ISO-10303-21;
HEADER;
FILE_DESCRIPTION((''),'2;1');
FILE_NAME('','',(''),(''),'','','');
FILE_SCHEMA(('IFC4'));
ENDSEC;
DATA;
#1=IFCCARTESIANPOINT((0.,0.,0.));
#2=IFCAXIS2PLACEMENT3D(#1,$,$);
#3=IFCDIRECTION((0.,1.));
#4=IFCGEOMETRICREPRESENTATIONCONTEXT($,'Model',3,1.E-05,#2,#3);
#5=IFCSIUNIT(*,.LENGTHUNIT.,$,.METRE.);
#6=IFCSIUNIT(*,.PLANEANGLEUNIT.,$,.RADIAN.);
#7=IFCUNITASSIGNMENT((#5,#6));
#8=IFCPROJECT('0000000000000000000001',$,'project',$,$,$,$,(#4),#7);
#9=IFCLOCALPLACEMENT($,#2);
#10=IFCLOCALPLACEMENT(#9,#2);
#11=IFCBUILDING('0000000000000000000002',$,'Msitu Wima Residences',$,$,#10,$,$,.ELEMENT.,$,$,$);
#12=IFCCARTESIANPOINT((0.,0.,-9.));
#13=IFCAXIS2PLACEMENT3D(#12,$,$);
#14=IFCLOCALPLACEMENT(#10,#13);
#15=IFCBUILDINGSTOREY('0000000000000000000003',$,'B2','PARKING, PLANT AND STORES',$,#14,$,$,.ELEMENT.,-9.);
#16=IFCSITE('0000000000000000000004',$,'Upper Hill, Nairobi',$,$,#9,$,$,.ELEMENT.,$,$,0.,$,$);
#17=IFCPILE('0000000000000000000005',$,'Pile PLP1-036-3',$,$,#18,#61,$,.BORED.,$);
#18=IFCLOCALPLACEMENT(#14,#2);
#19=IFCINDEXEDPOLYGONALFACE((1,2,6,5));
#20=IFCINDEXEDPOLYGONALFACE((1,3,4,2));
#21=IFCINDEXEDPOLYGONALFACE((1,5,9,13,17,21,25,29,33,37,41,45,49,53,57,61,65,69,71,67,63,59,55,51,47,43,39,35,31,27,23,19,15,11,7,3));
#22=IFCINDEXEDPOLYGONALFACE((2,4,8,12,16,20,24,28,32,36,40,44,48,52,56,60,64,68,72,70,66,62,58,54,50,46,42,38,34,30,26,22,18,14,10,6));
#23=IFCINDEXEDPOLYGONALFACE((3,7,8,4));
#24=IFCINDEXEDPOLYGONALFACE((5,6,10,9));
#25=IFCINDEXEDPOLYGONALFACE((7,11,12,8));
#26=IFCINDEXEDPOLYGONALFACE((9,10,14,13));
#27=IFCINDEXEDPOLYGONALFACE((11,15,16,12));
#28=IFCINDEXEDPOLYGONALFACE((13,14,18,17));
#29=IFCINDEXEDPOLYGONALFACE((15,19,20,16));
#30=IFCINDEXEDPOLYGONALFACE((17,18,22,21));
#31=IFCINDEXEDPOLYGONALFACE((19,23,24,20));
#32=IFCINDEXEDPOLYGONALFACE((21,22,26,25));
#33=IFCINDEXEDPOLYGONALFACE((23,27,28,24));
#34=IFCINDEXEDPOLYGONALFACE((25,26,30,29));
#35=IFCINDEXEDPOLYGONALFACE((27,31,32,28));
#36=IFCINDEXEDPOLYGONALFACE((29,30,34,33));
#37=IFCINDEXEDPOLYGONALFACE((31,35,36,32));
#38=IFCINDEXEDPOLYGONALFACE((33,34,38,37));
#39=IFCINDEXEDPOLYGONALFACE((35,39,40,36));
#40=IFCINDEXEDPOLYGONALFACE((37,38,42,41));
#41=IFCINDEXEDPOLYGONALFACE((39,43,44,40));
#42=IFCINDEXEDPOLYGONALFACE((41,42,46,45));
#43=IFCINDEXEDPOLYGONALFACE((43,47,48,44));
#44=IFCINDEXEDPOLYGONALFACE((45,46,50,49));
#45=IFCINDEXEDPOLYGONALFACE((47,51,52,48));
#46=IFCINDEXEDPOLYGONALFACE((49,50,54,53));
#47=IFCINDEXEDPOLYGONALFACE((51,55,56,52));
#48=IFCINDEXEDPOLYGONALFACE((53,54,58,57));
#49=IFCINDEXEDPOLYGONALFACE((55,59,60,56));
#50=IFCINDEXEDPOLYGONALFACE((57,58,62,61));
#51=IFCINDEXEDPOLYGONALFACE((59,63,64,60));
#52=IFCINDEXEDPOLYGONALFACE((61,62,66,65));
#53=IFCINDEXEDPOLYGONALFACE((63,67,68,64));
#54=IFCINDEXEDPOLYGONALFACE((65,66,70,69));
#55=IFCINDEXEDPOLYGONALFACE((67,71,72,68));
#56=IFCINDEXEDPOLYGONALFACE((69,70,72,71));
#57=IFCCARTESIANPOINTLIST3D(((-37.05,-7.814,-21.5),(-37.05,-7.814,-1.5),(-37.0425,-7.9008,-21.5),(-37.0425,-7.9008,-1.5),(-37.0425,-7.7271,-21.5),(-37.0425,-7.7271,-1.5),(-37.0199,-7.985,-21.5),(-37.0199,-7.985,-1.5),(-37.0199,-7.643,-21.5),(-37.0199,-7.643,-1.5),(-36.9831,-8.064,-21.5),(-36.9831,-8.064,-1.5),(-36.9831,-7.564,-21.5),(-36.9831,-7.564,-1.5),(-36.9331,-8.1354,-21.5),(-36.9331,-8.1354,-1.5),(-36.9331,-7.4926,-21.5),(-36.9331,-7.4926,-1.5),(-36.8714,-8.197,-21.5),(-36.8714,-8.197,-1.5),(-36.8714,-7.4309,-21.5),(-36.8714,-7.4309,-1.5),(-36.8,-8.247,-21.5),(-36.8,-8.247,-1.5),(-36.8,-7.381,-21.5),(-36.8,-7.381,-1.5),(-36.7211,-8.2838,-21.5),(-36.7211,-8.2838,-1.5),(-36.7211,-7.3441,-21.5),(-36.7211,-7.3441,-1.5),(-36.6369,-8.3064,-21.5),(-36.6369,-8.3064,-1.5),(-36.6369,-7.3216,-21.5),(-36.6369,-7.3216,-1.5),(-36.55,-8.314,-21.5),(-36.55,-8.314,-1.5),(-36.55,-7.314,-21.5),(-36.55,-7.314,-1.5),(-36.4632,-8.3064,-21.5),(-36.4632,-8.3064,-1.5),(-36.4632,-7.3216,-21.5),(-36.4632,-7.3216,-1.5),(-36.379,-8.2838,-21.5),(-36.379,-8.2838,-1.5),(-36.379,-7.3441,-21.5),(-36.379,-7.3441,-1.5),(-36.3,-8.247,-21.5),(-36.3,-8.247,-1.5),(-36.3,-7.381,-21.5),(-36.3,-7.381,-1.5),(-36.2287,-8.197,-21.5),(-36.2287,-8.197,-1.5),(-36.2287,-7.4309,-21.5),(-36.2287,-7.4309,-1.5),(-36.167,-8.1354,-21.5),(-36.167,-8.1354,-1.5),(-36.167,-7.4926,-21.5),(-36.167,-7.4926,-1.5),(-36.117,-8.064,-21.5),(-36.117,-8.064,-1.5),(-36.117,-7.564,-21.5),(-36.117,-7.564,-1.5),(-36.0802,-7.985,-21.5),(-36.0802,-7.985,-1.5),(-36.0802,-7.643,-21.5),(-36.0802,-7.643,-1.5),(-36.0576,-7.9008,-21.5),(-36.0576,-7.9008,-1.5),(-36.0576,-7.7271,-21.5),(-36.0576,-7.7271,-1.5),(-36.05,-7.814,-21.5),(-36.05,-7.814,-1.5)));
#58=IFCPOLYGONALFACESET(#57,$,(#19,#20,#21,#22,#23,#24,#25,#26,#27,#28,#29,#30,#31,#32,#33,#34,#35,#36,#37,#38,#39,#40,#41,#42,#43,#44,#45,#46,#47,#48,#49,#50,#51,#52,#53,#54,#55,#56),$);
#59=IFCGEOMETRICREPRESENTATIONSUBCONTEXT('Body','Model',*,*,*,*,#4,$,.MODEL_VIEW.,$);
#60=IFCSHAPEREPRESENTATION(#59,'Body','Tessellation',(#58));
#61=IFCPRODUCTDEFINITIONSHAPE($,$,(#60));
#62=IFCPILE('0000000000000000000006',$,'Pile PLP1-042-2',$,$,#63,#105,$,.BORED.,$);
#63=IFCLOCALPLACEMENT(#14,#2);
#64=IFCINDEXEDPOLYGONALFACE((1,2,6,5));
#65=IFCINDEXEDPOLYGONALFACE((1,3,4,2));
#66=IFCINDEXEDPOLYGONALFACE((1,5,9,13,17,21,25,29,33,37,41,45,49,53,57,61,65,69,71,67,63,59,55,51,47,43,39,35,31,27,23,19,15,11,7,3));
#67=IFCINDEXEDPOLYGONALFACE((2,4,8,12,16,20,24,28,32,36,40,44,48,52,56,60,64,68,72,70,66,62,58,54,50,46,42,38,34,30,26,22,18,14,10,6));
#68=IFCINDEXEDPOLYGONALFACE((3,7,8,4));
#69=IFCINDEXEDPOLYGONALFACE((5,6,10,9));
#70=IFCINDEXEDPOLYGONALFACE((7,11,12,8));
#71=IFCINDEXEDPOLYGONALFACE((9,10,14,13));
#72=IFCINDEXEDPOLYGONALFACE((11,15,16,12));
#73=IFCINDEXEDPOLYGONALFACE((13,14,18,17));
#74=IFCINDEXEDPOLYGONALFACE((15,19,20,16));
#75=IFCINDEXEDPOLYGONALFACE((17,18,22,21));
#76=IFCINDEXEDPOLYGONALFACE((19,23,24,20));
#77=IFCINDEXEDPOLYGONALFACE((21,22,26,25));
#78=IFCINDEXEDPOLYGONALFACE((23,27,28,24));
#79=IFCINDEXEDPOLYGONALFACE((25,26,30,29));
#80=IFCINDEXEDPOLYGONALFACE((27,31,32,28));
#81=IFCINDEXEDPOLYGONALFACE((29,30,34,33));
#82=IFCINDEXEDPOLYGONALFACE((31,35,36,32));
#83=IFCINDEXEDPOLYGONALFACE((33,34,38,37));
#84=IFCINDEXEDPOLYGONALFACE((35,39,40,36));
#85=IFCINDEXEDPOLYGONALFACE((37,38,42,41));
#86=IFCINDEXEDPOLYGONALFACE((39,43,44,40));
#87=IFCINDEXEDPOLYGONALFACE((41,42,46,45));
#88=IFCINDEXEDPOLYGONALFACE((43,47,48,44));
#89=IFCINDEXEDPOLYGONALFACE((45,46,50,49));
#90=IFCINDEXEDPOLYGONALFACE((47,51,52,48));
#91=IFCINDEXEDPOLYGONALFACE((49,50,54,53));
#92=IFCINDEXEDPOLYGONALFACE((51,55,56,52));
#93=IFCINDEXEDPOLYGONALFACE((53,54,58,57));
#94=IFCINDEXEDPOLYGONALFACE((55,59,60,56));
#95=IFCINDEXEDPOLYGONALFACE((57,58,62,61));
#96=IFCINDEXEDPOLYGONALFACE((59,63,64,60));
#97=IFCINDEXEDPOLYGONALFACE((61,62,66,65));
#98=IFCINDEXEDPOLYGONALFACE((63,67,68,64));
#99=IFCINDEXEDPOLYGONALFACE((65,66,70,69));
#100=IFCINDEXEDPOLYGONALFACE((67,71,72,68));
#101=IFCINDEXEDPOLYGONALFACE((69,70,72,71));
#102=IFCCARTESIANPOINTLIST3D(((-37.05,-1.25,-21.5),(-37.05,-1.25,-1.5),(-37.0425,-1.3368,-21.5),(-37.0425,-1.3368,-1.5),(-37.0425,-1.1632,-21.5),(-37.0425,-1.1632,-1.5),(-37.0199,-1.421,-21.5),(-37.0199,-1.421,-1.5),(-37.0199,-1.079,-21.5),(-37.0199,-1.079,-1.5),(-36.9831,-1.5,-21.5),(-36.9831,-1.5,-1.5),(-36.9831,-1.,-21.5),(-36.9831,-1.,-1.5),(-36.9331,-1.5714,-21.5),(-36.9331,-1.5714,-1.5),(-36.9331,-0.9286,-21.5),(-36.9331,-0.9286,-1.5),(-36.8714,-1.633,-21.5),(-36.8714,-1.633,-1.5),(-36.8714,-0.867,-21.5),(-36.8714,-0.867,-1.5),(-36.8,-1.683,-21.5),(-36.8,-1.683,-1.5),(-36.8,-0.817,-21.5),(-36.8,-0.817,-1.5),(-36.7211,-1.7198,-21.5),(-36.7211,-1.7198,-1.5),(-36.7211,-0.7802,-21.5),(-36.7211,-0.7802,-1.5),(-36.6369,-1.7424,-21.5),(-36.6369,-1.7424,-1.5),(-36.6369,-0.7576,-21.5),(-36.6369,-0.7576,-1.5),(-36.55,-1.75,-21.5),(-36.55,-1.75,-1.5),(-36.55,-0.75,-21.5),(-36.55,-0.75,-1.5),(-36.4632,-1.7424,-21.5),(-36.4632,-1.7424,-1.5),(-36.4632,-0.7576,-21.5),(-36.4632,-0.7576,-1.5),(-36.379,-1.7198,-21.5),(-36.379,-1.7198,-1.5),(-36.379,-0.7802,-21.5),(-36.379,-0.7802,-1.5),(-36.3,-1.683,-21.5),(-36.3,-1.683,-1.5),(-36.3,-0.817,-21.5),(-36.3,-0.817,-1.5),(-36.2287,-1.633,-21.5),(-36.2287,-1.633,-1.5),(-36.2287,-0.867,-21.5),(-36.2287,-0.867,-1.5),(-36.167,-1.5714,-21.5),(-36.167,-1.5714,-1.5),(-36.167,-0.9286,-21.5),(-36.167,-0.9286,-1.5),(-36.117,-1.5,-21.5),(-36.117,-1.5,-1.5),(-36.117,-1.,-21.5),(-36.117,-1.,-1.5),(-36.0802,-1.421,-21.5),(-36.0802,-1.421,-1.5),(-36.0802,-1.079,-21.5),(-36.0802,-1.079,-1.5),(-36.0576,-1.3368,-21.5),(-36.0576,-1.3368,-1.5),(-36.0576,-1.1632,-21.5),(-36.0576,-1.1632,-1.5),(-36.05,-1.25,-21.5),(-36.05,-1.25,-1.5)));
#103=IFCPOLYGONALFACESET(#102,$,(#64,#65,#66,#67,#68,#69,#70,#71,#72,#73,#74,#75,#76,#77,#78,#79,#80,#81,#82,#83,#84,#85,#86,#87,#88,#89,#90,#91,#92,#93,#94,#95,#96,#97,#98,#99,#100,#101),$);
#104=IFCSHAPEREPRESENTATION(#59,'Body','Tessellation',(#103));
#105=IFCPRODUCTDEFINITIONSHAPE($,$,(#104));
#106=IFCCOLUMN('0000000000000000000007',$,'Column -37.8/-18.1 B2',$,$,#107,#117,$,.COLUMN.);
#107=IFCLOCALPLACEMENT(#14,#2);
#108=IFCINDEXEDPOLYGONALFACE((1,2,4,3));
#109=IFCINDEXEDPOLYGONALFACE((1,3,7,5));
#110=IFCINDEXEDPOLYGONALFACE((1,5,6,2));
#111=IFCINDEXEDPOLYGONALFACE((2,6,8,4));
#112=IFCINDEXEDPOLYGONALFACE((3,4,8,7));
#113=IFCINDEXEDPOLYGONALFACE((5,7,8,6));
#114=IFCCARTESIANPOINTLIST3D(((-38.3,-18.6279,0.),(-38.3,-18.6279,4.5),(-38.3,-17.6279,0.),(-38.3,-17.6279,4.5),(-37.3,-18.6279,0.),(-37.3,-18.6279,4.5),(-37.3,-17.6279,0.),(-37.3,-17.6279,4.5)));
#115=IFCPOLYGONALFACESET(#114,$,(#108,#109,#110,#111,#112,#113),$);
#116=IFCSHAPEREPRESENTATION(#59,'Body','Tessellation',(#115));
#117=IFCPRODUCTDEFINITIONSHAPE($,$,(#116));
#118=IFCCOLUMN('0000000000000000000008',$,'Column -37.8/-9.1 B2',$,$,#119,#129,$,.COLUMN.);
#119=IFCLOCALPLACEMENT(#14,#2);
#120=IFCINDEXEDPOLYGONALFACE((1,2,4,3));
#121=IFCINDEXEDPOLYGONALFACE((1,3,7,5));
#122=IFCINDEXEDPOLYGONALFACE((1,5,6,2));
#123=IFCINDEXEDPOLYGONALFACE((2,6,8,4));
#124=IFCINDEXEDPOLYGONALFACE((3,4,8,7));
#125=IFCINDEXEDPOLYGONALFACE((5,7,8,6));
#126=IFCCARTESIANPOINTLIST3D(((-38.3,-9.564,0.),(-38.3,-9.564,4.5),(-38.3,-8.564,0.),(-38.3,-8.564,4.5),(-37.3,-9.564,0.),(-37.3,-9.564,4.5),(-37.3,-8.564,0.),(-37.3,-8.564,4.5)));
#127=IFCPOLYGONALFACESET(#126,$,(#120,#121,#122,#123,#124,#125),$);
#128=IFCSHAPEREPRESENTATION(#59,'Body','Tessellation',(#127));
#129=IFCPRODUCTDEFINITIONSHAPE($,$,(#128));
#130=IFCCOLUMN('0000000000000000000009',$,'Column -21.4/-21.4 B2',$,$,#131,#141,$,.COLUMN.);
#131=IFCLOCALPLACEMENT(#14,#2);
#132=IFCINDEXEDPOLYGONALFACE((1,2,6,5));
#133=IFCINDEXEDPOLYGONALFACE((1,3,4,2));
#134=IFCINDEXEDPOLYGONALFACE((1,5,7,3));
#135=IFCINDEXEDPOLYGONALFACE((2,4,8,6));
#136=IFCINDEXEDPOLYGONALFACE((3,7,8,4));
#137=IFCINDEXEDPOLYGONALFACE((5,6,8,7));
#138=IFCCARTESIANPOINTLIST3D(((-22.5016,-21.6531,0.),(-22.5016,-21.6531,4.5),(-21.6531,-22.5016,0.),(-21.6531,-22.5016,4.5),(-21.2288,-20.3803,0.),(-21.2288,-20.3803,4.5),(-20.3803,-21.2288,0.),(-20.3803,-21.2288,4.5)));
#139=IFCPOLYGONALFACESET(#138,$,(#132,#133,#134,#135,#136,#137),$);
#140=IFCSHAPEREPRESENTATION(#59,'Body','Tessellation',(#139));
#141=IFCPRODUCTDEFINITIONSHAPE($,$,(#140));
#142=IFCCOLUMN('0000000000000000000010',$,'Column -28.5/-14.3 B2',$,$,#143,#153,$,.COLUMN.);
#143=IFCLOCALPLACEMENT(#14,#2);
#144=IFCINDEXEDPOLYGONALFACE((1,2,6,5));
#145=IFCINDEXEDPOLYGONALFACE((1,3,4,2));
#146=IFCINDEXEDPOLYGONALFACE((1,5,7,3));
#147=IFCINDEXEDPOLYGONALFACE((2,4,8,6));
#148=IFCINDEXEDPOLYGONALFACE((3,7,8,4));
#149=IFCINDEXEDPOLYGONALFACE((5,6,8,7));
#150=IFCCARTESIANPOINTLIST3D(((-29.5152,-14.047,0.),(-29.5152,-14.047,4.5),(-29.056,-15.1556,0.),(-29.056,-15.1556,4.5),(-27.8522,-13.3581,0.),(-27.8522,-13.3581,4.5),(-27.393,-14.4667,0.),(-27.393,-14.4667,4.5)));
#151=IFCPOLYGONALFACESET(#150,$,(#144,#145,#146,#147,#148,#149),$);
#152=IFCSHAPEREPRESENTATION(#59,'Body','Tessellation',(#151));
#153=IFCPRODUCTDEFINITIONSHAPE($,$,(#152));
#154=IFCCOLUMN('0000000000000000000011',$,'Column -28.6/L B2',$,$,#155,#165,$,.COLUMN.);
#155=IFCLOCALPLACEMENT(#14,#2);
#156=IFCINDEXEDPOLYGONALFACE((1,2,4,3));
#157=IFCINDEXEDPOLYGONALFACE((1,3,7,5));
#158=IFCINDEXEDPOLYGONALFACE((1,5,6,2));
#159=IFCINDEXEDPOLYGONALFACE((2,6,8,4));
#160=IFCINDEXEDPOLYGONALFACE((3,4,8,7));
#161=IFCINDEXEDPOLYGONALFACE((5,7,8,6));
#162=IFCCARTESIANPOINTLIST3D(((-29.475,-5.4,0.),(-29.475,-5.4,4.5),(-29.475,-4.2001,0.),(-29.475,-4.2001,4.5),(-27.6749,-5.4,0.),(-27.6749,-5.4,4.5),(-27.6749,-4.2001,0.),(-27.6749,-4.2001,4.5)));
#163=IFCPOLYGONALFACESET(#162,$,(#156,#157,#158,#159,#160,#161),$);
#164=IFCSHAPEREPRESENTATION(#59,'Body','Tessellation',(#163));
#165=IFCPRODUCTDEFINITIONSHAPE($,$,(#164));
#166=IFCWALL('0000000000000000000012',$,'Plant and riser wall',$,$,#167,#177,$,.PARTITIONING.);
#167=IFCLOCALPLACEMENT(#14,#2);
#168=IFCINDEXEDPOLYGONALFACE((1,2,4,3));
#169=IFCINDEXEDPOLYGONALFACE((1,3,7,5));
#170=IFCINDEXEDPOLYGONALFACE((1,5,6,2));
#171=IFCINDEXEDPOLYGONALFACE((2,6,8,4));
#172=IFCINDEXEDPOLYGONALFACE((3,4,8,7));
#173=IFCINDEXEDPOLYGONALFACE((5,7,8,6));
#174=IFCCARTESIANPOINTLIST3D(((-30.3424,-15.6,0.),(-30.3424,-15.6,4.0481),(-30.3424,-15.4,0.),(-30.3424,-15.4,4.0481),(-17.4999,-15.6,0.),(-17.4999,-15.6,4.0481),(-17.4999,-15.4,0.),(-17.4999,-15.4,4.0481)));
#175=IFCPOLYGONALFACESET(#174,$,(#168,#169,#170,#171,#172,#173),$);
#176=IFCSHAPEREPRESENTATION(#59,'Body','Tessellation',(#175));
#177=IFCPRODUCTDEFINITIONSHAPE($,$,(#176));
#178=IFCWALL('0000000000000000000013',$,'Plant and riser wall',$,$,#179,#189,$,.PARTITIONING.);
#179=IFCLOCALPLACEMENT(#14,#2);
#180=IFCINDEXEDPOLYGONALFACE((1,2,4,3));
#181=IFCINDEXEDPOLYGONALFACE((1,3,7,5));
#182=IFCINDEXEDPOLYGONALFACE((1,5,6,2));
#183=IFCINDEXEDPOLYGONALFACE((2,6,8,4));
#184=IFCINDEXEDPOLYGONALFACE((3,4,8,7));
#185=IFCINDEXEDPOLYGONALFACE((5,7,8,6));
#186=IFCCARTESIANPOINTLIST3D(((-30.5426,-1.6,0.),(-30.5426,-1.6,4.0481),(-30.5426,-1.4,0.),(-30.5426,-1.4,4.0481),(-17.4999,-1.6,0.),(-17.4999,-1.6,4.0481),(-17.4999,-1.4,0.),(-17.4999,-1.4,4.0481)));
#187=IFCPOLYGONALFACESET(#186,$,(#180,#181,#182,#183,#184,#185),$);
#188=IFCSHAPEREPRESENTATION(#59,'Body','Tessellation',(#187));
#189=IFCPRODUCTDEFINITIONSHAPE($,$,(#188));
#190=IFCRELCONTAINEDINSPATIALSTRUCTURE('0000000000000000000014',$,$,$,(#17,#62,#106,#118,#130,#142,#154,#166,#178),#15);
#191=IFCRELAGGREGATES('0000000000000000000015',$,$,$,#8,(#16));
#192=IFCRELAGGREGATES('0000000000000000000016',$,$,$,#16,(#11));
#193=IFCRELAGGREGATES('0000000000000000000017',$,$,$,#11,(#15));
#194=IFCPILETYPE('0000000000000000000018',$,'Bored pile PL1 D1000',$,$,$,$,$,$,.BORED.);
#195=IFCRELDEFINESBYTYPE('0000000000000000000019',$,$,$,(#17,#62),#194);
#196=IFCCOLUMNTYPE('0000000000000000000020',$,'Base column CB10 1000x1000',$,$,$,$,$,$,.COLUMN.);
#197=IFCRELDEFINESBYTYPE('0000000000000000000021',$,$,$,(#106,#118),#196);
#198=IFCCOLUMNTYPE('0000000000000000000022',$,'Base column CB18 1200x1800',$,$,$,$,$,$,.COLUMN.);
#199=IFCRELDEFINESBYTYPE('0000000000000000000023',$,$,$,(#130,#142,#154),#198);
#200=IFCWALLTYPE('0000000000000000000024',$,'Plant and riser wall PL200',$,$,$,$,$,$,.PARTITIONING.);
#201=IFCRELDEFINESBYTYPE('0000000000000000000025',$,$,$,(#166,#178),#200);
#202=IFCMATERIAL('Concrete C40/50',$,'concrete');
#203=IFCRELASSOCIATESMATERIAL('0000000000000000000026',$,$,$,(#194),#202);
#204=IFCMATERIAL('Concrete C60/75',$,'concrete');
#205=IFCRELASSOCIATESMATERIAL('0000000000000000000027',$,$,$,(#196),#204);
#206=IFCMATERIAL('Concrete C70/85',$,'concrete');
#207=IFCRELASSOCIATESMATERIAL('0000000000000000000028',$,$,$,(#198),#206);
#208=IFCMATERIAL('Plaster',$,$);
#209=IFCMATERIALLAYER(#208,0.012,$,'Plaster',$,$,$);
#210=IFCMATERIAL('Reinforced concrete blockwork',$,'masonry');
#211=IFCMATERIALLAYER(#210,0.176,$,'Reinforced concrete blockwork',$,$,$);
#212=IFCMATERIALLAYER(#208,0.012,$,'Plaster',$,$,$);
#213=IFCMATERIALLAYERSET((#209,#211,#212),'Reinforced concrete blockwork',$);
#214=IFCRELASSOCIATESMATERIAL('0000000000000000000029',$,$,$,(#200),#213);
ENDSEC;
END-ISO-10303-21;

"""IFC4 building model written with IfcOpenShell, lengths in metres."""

from ifc_helpers import new_model, si_unit, direction, frame, frame_2d, origin, origin_2d, place, context, subcontext, project, spatial, rectangle, circle, extrude, material, layer, layer_set, material_profile, profile_set, type_object, element, save


model = new_model("IFC4")

# Units and contexts
model_context = context("Model", 3, precision=1e-05, world=origin(), true_north=direction((0.0, 1.0)))
body_context = subcontext(model_context, "Body", "Model", "MODEL_VIEW")
ifc_project = project(units=[si_unit("LENGTHUNIT", "METRE"), si_unit("PLANEANGLEUNIT", "RADIAN")], contexts=[model_context])

# Site, building, storey
site_placement = place(None, origin())
site = spatial("IfcSite", under=ifc_project, at=site_placement, Name="Upper Hill, Nairobi", CompositionType="ELEMENT", RefElevation=0.0)
building_placement = place(site_placement, origin())
building = spatial("IfcBuilding", under=site, at=building_placement, Name="Msitu Wima Residences", CompositionType="ELEMENT")
storey_placement = place(building_placement, frame((0.0, 0.0, -9.0)))
storey = spatial("IfcBuildingStorey", under=building, at=storey_placement, Name="B2", Description="PARKING, PLANT AND STORES", CompositionType="ELEMENT", Elevation=-9.0)

# Piles
ifc_material_1 = material(Name="Concrete C40/50", Category="concrete")
pile_type_1 = type_object("IfcPileType", Name="Bored pile PL1 D1000", PredefinedType="BORED", material=ifc_material_1)
for number, where, z_axis, x_axis, name in (
    (1, (-36.55, -7.814, -1.5), (0.0, 0.0, -1.0), (1.0, 0.0, 0.0), "Pile PLP1-036-3"),
    (2, (-36.55, -1.25, -1.5), (0.0, 0.0, -1.0), (1.0, 0.0, 0.0), "Pile PLP1-042-2"),
):
    element("IfcPile", number, at=place(storey_placement, frame(where, z_axis=z_axis, x_axis=x_axis)), inside=storey, type_object=pile_type_1, Name=name, PredefinedType="BORED", context=body_context, shape_type="SweptSolid", body=[
        extrude(circle(Radius=0.5, at=origin_2d()), origin(), (0.0, 0.0, 1.0), 20.0),
    ])

# Columns
ifc_material_2 = material(Name="Concrete C60/75", Category="concrete")
ifc_material_profile_1 = material_profile(ifc_material_2, rectangle(XDim=1.0, YDim=1.0, at=origin_2d()), Name="RC 1000x1000")
ifc_profile_set_1 = profile_set([ifc_material_profile_1], Name="Concrete C60/75")
column_type_1 = type_object("IfcColumnType", Name="Base column CB10 1000x1000", PredefinedType="COLUMN", material=ifc_profile_set_1)
for number, where, z_axis, x_axis, name in (
    (3, (-37.8, -18.1279, 0.0), (0.0, 0.0, 1.0), (1.0, 0.0, 0.0), "Column -37.8/-18.1 B2"),
    (4, (-37.8, -9.064, 0.0), (0.0, 0.0, 1.0), (1.0, 0.0, 0.0), "Column -37.8/-9.1 B2"),
):
    element("IfcColumn", number, at=place(storey_placement, frame(where, z_axis=z_axis, x_axis=x_axis)), inside=storey, type_object=column_type_1, Name=name, PredefinedType="COLUMN", context=body_context, shape_type="SweptSolid", body=[
        extrude(rectangle(XDim=1.0, YDim=1.0, at=origin_2d()), origin(), (0.0, 0.0, 1.0), 4.5),
    ])
ifc_material_3 = material(Name="Concrete C70/85", Category="concrete")
ifc_material_profile_2 = material_profile(ifc_material_3, rectangle(XDim=1.2, YDim=1.8, at=origin_2d()), Name="RC 1200x1800")
ifc_profile_set_2 = profile_set([ifc_material_profile_2], Name="Concrete C70/85")
column_type_2 = type_object("IfcColumnType", Name="Base column CB18 1200x1800", PredefinedType="COLUMN", material=ifc_profile_set_2)
for number, where, z_axis, x_axis, name in (
    (5, (-21.4409, -21.4409, 0.0), (0.0, 0.0, 1.0), (0.707107, -0.707107, 0.0), "Column -21.4/-21.4 B2"),
    (6, (-28.4541, -14.2568, 0.0), (0.0, 0.0, 1.0), (0.382683, -0.92388, 0.0), "Column -28.5/-14.3 B2"),
    (7, (-28.575, -4.8, 0.0), (0.0, 0.0, 1.0), (0.0, -1.0, 0.0), "Column -28.6/L B2"),
):
    element("IfcColumn", number, at=place(storey_placement, frame(where, z_axis=z_axis, x_axis=x_axis)), inside=storey, type_object=column_type_2, Name=name, PredefinedType="COLUMN", context=body_context, shape_type="SweptSolid", body=[
        extrude(rectangle(XDim=1.2, YDim=1.8, at=origin_2d()), origin(), (0.0, 0.0, 1.0), 4.5),
    ])

# Walls
ifc_material_4 = material(Name="Plaster")
ifc_layer_1 = layer(ifc_material_4, 0.012, Name="Plaster")
ifc_material_5 = material(Name="Reinforced concrete blockwork", Category="masonry")
ifc_layer_2 = layer(ifc_material_5, 0.176, Name="Reinforced concrete blockwork")
ifc_layer_3 = layer(ifc_material_4, 0.012, Name="Plaster")
ifc_layer_set = layer_set([ifc_layer_1, ifc_layer_2, ifc_layer_3], Name="Reinforced concrete blockwork")
wall_type = type_object("IfcWallType", Name="Plant and riser wall PL200", PredefinedType="PARTITIONING", material=ifc_layer_set)
wall_1_placement = place(storey_placement, frame((-30.3425, -15.5, 0.0), z_axis=(0.0, 0.0, 1.0), x_axis=(1.0, 0.0, 0.0)))
element("IfcWall", 8, at=wall_1_placement, inside=storey, type_object=wall_type, Name="Plant and riser wall", PredefinedType="PARTITIONING", context=body_context, shape_type="SweptSolid", body=[
    extrude(rectangle(XDim=12.8425, YDim=0.2, at=frame_2d((6.4214, 0.0))), origin(), (0.0, 0.0, 1.0), 4.0481),
])
wall_2_placement = place(storey_placement, frame((-30.5427, -1.5, 0.0), z_axis=(0.0, 0.0, 1.0), x_axis=(1.0, 0.0, 0.0)))
element("IfcWall", 9, at=wall_2_placement, inside=storey, type_object=wall_type, Name="Plant and riser wall", PredefinedType="PARTITIONING", context=body_context, shape_type="SweptSolid", body=[
    extrude(rectangle(XDim=13.0427, YDim=0.2, at=frame_2d((6.5215, 0.0))), origin(), (0.0, 0.0, 1.0), 4.0481),
])

save(model, "model.ifc")
